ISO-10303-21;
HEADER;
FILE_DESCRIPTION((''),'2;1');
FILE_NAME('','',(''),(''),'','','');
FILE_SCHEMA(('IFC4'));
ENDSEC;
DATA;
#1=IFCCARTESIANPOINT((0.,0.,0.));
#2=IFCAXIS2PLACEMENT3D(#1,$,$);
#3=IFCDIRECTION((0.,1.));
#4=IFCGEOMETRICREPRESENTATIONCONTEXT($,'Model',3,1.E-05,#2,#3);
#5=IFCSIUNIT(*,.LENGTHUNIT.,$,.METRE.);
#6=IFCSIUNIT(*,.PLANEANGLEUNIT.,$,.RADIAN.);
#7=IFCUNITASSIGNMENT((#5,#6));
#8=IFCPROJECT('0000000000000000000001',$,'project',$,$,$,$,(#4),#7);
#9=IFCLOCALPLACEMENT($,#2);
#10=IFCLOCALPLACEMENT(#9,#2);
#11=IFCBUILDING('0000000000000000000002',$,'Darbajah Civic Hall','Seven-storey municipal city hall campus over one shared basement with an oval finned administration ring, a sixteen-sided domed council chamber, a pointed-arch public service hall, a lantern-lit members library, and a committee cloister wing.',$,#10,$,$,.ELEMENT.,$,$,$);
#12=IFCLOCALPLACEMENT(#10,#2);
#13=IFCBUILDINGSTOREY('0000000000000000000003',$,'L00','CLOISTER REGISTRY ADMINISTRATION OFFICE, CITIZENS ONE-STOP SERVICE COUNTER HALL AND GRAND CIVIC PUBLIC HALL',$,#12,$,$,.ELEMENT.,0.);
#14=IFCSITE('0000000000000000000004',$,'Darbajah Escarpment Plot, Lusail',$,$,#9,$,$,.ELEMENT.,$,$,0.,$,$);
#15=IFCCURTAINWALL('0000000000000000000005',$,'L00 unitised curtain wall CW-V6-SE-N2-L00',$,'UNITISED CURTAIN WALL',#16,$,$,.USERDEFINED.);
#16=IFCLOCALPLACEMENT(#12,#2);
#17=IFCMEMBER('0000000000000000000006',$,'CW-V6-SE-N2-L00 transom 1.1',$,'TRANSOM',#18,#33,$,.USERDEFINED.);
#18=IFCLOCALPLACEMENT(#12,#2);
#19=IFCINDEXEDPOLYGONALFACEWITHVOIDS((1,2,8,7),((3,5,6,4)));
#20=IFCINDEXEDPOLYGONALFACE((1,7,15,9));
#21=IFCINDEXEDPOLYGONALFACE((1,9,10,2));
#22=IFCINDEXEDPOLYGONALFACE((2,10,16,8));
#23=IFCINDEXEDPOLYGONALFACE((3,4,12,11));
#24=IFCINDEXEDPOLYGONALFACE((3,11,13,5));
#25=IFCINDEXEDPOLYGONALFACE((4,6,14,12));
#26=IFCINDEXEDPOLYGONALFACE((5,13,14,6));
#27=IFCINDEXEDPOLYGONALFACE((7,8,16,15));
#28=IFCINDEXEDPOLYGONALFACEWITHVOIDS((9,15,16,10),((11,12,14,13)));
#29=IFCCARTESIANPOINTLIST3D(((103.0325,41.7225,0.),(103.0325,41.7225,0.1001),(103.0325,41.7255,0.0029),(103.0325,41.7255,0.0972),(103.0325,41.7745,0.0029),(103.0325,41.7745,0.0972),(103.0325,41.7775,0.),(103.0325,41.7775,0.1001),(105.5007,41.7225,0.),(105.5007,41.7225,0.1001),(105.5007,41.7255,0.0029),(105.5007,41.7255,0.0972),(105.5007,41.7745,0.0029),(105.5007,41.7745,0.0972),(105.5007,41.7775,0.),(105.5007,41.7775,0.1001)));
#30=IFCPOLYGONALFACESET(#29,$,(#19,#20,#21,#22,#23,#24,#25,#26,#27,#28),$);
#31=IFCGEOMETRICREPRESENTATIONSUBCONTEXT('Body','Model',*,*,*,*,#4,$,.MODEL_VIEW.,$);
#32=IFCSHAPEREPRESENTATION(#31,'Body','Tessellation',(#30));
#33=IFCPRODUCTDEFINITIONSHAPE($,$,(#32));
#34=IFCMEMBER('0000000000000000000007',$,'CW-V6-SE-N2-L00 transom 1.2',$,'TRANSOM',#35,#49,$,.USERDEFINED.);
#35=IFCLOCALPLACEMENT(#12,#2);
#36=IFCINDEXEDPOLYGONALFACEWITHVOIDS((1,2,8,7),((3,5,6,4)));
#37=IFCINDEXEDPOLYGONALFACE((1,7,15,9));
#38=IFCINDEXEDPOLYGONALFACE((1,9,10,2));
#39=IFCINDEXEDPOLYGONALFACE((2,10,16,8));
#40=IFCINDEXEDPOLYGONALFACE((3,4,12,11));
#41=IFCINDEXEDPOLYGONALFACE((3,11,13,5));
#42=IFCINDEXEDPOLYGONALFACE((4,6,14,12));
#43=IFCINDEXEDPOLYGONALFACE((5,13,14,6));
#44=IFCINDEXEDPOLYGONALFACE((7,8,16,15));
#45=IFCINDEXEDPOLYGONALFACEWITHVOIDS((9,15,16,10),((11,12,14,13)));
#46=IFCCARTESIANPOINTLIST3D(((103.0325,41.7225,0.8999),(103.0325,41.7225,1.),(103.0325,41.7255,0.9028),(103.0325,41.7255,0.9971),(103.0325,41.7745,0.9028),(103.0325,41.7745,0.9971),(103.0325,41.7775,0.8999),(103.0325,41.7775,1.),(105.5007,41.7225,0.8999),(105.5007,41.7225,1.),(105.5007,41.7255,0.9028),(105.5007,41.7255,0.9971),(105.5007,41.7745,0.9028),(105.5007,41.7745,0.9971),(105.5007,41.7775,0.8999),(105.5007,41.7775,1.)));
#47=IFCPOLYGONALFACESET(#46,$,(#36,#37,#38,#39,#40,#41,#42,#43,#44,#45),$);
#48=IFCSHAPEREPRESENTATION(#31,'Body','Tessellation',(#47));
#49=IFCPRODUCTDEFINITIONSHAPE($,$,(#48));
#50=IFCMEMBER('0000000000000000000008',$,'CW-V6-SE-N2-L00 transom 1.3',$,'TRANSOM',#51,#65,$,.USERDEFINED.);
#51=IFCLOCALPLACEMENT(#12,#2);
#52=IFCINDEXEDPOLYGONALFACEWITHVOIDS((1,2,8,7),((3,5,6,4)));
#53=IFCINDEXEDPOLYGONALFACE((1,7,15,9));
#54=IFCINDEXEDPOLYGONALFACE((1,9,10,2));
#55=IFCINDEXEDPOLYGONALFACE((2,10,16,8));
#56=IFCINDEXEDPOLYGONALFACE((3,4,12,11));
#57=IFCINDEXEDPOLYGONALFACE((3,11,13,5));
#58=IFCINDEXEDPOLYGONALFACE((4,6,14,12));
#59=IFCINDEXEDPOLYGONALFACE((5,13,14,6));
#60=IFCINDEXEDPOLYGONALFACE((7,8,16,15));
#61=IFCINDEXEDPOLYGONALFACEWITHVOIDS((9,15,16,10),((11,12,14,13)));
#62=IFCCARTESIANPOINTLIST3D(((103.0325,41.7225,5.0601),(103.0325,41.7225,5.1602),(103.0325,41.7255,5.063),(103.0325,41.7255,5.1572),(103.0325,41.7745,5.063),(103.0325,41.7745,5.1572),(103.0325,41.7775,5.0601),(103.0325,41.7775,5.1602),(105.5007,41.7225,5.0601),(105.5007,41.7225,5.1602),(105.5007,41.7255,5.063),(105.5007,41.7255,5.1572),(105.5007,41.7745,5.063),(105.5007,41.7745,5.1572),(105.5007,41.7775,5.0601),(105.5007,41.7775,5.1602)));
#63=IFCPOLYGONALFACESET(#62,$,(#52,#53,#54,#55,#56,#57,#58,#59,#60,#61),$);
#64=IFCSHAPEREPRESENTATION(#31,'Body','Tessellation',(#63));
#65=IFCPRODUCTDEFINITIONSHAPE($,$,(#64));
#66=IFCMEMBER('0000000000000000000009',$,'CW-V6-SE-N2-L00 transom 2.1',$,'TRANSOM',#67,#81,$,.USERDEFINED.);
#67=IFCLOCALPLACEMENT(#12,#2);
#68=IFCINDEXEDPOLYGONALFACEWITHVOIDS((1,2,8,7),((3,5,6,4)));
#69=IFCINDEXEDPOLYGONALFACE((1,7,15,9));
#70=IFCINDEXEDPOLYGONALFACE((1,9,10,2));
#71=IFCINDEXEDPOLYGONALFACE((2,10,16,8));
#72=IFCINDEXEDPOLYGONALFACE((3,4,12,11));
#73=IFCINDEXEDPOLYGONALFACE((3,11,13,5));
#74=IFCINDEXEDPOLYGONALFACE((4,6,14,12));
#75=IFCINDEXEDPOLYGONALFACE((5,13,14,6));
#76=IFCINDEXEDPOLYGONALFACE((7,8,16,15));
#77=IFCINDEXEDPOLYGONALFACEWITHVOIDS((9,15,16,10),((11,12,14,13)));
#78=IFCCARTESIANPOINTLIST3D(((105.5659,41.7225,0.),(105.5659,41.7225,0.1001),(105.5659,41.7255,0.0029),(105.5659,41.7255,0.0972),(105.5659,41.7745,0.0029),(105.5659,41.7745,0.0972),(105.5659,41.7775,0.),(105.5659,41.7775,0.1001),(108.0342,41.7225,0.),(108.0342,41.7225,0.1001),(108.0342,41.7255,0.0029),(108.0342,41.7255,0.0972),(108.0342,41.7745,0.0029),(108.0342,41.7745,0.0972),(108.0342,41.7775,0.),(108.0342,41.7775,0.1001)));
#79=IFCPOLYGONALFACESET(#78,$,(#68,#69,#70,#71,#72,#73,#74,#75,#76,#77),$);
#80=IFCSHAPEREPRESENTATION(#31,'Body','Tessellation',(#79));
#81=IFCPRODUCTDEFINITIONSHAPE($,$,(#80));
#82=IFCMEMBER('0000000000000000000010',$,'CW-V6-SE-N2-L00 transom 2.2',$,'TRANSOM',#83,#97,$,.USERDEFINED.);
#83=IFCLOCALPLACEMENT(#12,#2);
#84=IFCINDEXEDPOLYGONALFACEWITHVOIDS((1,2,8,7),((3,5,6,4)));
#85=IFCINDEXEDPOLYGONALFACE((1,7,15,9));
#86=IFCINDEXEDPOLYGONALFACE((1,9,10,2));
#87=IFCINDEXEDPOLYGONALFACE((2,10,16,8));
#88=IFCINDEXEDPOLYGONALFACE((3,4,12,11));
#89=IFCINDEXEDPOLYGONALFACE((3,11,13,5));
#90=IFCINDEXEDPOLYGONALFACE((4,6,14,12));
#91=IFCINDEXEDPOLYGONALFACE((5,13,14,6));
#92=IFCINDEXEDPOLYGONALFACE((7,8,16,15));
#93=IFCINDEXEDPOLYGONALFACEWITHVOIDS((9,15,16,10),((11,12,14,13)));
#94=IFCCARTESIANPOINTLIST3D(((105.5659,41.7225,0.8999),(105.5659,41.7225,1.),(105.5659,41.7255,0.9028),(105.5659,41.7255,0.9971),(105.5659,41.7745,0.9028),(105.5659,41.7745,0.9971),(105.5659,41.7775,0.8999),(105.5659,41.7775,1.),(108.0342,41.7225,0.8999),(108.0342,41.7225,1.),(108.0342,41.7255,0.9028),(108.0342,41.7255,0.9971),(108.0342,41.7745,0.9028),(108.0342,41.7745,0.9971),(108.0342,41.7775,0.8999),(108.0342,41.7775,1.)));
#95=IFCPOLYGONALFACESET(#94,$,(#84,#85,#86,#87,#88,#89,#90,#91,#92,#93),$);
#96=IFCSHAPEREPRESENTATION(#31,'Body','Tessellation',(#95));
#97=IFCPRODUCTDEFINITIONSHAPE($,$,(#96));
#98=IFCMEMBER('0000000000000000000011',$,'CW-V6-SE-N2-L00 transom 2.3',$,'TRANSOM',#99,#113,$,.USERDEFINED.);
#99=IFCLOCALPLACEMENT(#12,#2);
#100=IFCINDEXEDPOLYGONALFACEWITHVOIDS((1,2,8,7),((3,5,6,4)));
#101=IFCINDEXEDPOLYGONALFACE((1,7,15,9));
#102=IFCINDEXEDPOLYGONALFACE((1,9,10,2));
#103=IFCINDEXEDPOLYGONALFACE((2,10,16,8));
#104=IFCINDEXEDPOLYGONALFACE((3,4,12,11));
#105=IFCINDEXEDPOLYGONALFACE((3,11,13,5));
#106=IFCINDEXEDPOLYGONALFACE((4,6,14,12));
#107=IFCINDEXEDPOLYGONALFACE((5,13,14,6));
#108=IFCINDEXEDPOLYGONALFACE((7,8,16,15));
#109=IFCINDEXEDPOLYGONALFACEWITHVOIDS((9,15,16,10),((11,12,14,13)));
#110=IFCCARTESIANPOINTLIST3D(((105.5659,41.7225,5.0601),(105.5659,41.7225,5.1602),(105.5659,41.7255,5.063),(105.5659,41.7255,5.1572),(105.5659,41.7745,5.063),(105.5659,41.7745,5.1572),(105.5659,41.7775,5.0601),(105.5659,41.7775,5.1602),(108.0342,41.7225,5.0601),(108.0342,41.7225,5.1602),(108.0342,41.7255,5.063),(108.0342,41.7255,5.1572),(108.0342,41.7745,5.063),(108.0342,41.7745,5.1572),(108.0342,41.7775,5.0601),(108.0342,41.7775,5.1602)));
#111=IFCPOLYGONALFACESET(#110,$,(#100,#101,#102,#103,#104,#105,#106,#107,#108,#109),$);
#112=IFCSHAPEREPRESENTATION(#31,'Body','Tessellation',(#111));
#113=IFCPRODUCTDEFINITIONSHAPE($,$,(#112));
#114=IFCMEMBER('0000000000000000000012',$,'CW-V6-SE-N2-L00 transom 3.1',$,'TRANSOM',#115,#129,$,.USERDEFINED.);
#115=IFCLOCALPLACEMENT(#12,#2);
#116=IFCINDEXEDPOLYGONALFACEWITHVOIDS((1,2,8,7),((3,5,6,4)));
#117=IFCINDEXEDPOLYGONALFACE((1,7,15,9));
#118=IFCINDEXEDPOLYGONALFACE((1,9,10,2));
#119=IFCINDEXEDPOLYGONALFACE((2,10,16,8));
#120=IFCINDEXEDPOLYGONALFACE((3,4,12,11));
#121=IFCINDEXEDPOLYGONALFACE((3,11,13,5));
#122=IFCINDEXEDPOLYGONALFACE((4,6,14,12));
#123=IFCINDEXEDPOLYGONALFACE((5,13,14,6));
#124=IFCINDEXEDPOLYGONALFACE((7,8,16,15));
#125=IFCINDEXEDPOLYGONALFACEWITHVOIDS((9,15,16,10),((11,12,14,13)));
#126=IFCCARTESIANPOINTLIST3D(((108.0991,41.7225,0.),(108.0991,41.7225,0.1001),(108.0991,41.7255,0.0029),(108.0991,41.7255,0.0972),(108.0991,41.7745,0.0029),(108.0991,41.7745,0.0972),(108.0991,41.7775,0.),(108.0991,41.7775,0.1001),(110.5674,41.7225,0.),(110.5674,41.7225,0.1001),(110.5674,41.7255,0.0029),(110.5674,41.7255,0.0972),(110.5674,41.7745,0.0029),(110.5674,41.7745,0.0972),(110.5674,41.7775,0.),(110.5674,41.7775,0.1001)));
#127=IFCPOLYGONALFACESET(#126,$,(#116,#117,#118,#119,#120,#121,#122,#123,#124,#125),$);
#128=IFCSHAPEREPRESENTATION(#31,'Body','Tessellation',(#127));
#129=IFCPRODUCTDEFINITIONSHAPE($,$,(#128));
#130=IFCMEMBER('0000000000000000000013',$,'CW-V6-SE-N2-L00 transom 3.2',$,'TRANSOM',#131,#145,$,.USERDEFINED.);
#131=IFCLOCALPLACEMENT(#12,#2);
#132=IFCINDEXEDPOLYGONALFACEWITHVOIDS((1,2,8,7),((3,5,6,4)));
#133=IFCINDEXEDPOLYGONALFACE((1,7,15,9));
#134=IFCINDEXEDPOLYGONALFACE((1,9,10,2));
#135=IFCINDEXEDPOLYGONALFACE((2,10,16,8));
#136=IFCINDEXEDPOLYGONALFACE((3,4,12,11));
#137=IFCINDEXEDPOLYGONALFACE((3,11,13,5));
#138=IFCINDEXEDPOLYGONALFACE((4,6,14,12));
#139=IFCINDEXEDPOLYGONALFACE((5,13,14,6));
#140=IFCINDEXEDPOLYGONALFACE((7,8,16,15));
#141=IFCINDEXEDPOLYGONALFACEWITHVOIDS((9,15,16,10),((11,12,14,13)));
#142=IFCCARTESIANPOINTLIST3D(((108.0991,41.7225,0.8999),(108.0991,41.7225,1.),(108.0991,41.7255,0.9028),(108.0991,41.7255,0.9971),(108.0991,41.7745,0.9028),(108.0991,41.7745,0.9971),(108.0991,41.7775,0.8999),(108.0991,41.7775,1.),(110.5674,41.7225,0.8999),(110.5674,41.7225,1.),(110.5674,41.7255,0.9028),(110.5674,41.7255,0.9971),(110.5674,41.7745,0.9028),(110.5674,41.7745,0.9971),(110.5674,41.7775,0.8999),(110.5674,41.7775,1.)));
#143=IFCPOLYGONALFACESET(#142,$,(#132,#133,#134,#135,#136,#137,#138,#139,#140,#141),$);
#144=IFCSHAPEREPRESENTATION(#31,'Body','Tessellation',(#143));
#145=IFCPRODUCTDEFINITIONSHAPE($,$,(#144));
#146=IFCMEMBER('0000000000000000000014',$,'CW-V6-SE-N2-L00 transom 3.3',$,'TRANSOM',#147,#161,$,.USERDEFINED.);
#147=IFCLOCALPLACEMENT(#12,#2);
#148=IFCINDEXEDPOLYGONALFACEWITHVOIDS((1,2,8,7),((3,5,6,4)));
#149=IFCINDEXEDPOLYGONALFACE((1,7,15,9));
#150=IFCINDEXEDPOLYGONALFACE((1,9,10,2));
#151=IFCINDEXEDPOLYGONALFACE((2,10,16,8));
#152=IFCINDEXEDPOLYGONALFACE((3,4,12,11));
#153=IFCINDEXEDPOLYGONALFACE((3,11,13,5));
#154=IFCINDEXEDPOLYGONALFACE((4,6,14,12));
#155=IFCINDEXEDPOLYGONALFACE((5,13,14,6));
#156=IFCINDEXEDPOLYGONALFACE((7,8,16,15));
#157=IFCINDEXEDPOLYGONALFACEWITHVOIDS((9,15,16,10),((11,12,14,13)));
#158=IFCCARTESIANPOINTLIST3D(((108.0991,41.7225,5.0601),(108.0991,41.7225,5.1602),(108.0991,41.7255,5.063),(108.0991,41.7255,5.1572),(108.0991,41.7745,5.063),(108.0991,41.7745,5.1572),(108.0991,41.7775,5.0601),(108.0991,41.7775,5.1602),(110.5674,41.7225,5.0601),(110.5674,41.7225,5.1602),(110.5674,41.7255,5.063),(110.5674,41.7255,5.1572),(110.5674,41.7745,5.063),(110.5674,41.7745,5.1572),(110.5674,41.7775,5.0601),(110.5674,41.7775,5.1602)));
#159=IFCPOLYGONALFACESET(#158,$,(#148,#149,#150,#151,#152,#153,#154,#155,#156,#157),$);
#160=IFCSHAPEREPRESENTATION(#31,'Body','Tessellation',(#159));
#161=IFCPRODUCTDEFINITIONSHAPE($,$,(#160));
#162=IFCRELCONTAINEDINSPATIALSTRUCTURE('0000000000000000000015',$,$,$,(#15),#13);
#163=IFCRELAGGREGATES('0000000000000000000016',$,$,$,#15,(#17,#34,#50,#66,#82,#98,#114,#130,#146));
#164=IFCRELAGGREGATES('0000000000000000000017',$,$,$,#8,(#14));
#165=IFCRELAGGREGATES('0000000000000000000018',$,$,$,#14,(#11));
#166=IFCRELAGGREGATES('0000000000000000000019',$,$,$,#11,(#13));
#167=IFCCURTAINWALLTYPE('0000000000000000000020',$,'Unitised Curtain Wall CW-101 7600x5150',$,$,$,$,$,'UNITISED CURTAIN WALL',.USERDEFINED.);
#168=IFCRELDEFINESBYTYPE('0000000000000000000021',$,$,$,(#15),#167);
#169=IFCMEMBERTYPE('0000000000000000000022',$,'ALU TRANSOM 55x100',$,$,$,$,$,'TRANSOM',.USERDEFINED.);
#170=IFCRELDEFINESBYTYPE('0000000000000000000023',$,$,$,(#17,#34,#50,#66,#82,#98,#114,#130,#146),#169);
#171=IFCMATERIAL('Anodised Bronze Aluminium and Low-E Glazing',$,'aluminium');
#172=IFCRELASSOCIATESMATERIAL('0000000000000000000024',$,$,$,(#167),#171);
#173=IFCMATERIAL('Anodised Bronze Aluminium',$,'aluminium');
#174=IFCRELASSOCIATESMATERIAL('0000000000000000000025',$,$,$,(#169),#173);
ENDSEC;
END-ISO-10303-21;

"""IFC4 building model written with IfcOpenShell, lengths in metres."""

from ifc_helpers import new_model, si_unit, direction, frame, origin, origin_2d, place, context, subcontext, project, spatial, hollow_rectangle, extrude, material, material_profile, profile_set, type_object, element, aggregate, save


model = new_model("IFC4")

# Units and contexts
model_context = context("Model", 3, precision=1e-05, world=origin(), true_north=direction((0.0, 1.0)))
body_context = subcontext(model_context, "Body", "Model", "MODEL_VIEW")
ifc_project = project(units=[si_unit("LENGTHUNIT", "METRE"), si_unit("PLANEANGLEUNIT", "RADIAN")], contexts=[model_context])

# Site, building, storey
site_placement = place(None, origin())
site = spatial("IfcSite", under=ifc_project, at=site_placement, Name="Darbajah Escarpment Plot, Lusail", CompositionType="ELEMENT", RefElevation=0.0)
building_placement = place(site_placement, origin())
building = spatial("IfcBuilding", under=site, at=building_placement, Name="Darbajah Civic Hall", Description="Seven-storey municipal city hall campus over one shared basement with an oval finned administration ring, a sixteen-sided domed council chamber, a pointed-arch public service hall, a lantern-lit members library, and a committee cloister wing.", CompositionType="ELEMENT")
storey_placement = place(building_placement, origin())
storey = spatial("IfcBuildingStorey", under=building, at=storey_placement, Name="L00", Description="CLOISTER REGISTRY ADMINISTRATION OFFICE, CITIZENS ONE-STOP SERVICE COUNTER HALL AND GRAND CIVIC PUBLIC HALL", CompositionType="ELEMENT", Elevation=0.0)

# Curtain wall
ifc_material_1 = material(Name="Anodised Bronze Aluminium and Low-E Glazing", Category="aluminium")
curtain_wall_type = type_object("IfcCurtainWallType", Name="Unitised Curtain Wall CW-101 7600x5150", ElementType="UNITISED CURTAIN WALL", PredefinedType="USERDEFINED", material=ifc_material_1)
ifc_material_2 = material(Name="Anodised Bronze Aluminium", Category="aluminium")
curtain_wall_1_placement = place(storey_placement, origin())
curtain_wall_1 = element("IfcCurtainWall", 1, at=curtain_wall_1_placement, inside=storey, type_object=curtain_wall_type, Name="L00 unitised curtain wall CW-V6-SE-N2-L00", ObjectType="UNITISED CURTAIN WALL", PredefinedType="USERDEFINED")

# Members
ifc_material_profile_1 = material_profile(ifc_material_2, hollow_rectangle(XDim=0.0549, YDim=0.1001, WallThickness=0.0029, at=origin_2d()), Name="ALU TRANSOM 55x100")
ifc_profile_set_1 = profile_set([ifc_material_profile_1], Name="Anodised Bronze Aluminium")
member_type_1 = type_object("IfcMemberType", Name="ALU TRANSOM 55x100", ElementType="TRANSOM", PredefinedType="USERDEFINED", material=ifc_profile_set_1)
member_1_placement = place(storey_placement, frame((103.0325, 41.75, 0.05), z_axis=(1.0, 0.0, 0.0), x_axis=(0.0, 1.0, 0.0)))
member_1 = element("IfcMember", 2, at=member_1_placement, type_object=member_type_1, Name="CW-V6-SE-N2-L00 transom 1.1", ObjectType="TRANSOM", PredefinedType="USERDEFINED", context=body_context, shape_type="SweptSolid", body=[
    extrude(hollow_rectangle(XDim=0.0549, YDim=0.1001, WallThickness=0.0029, at=origin_2d()), origin(), (0.0, 0.0, 1.0), 2.4683),
])
member_2_placement = place(storey_placement, frame((103.0325, 41.75, 0.95), z_axis=(1.0, 0.0, 0.0), x_axis=(0.0, 1.0, 0.0)))
member_2 = element("IfcMember", 3, at=member_2_placement, type_object=member_type_1, Name="CW-V6-SE-N2-L00 transom 1.2", ObjectType="TRANSOM", PredefinedType="USERDEFINED", context=body_context, shape_type="SweptSolid", body=[
    extrude(hollow_rectangle(XDim=0.0549, YDim=0.1001, WallThickness=0.0029, at=origin_2d()), origin(), (0.0, 0.0, 1.0), 2.4683),
])
member_3_placement = place(storey_placement, frame((103.0325, 41.75, 5.1101), z_axis=(1.0, 0.0, 0.0), x_axis=(0.0, 1.0, 0.0)))
member_3 = element("IfcMember", 4, at=member_3_placement, type_object=member_type_1, Name="CW-V6-SE-N2-L00 transom 1.3", ObjectType="TRANSOM", PredefinedType="USERDEFINED", context=body_context, shape_type="SweptSolid", body=[
    extrude(hollow_rectangle(XDim=0.0549, YDim=0.1001, WallThickness=0.0029, at=origin_2d()), origin(), (0.0, 0.0, 1.0), 2.4683),
])
member_4_placement = place(storey_placement, frame((105.5659, 41.75, 0.05), z_axis=(1.0, 0.0, 0.0), x_axis=(0.0, 1.0, 0.0)))
member_4 = element("IfcMember", 5, at=member_4_placement, type_object=member_type_1, Name="CW-V6-SE-N2-L00 transom 2.1", ObjectType="TRANSOM", PredefinedType="USERDEFINED", context=body_context, shape_type="SweptSolid", body=[
    extrude(hollow_rectangle(XDim=0.0549, YDim=0.1001, WallThickness=0.0029, at=origin_2d()), origin(), (0.0, 0.0, 1.0), 2.4683),
])
member_5_placement = place(storey_placement, frame((105.5659, 41.75, 0.95), z_axis=(1.0, 0.0, 0.0), x_axis=(0.0, 1.0, 0.0)))
member_5 = element("IfcMember", 6, at=member_5_placement, type_object=member_type_1, Name="CW-V6-SE-N2-L00 transom 2.2", ObjectType="TRANSOM", PredefinedType="USERDEFINED", context=body_context, shape_type="SweptSolid", body=[
    extrude(hollow_rectangle(XDim=0.0549, YDim=0.1001, WallThickness=0.0029, at=origin_2d()), origin(), (0.0, 0.0, 1.0), 2.4683),
])
member_6_placement = place(storey_placement, frame((105.5659, 41.75, 5.1101), z_axis=(1.0, 0.0, 0.0), x_axis=(0.0, 1.0, 0.0)))
member_6 = element("IfcMember", 7, at=member_6_placement, type_object=member_type_1, Name="CW-V6-SE-N2-L00 transom 2.3", ObjectType="TRANSOM", PredefinedType="USERDEFINED", context=body_context, shape_type="SweptSolid", body=[
    extrude(hollow_rectangle(XDim=0.0549, YDim=0.1001, WallThickness=0.0029, at=origin_2d()), origin(), (0.0, 0.0, 1.0), 2.4683),
])
member_7_placement = place(storey_placement, frame((108.0991, 41.75, 0.05), z_axis=(1.0, 0.0, 0.0), x_axis=(0.0, 1.0, 0.0)))
member_7 = element("IfcMember", 8, at=member_7_placement, type_object=member_type_1, Name="CW-V6-SE-N2-L00 transom 3.1", ObjectType="TRANSOM", PredefinedType="USERDEFINED", context=body_context, shape_type="SweptSolid", body=[
    extrude(hollow_rectangle(XDim=0.0549, YDim=0.1001, WallThickness=0.0029, at=origin_2d()), origin(), (0.0, 0.0, 1.0), 2.4683),
])
member_8_placement = place(storey_placement, frame((108.0991, 41.75, 0.95), z_axis=(1.0, 0.0, 0.0), x_axis=(0.0, 1.0, 0.0)))
member_8 = element("IfcMember", 9, at=member_8_placement, type_object=member_type_1, Name="CW-V6-SE-N2-L00 transom 3.2", ObjectType="TRANSOM", PredefinedType="USERDEFINED", context=body_context, shape_type="SweptSolid", body=[
    extrude(hollow_rectangle(XDim=0.0549, YDim=0.1001, WallThickness=0.0029, at=origin_2d()), origin(), (0.0, 0.0, 1.0), 2.4683),
])
member_9_placement = place(storey_placement, frame((108.0991, 41.75, 5.1101), z_axis=(1.0, 0.0, 0.0), x_axis=(0.0, 1.0, 0.0)))
member_9 = element("IfcMember", 10, at=member_9_placement, type_object=member_type_1, Name="CW-V6-SE-N2-L00 transom 3.3", ObjectType="TRANSOM", PredefinedType="USERDEFINED", context=body_context, shape_type="SweptSolid", body=[
    extrude(hollow_rectangle(XDim=0.0549, YDim=0.1001, WallThickness=0.0029, at=origin_2d()), origin(), (0.0, 0.0, 1.0), 2.4683),
])

aggregate(curtain_wall_1, [member_1, member_2, member_3, member_4, member_5, member_6, member_7, member_8, member_9])

save(model, "model.ifc")
